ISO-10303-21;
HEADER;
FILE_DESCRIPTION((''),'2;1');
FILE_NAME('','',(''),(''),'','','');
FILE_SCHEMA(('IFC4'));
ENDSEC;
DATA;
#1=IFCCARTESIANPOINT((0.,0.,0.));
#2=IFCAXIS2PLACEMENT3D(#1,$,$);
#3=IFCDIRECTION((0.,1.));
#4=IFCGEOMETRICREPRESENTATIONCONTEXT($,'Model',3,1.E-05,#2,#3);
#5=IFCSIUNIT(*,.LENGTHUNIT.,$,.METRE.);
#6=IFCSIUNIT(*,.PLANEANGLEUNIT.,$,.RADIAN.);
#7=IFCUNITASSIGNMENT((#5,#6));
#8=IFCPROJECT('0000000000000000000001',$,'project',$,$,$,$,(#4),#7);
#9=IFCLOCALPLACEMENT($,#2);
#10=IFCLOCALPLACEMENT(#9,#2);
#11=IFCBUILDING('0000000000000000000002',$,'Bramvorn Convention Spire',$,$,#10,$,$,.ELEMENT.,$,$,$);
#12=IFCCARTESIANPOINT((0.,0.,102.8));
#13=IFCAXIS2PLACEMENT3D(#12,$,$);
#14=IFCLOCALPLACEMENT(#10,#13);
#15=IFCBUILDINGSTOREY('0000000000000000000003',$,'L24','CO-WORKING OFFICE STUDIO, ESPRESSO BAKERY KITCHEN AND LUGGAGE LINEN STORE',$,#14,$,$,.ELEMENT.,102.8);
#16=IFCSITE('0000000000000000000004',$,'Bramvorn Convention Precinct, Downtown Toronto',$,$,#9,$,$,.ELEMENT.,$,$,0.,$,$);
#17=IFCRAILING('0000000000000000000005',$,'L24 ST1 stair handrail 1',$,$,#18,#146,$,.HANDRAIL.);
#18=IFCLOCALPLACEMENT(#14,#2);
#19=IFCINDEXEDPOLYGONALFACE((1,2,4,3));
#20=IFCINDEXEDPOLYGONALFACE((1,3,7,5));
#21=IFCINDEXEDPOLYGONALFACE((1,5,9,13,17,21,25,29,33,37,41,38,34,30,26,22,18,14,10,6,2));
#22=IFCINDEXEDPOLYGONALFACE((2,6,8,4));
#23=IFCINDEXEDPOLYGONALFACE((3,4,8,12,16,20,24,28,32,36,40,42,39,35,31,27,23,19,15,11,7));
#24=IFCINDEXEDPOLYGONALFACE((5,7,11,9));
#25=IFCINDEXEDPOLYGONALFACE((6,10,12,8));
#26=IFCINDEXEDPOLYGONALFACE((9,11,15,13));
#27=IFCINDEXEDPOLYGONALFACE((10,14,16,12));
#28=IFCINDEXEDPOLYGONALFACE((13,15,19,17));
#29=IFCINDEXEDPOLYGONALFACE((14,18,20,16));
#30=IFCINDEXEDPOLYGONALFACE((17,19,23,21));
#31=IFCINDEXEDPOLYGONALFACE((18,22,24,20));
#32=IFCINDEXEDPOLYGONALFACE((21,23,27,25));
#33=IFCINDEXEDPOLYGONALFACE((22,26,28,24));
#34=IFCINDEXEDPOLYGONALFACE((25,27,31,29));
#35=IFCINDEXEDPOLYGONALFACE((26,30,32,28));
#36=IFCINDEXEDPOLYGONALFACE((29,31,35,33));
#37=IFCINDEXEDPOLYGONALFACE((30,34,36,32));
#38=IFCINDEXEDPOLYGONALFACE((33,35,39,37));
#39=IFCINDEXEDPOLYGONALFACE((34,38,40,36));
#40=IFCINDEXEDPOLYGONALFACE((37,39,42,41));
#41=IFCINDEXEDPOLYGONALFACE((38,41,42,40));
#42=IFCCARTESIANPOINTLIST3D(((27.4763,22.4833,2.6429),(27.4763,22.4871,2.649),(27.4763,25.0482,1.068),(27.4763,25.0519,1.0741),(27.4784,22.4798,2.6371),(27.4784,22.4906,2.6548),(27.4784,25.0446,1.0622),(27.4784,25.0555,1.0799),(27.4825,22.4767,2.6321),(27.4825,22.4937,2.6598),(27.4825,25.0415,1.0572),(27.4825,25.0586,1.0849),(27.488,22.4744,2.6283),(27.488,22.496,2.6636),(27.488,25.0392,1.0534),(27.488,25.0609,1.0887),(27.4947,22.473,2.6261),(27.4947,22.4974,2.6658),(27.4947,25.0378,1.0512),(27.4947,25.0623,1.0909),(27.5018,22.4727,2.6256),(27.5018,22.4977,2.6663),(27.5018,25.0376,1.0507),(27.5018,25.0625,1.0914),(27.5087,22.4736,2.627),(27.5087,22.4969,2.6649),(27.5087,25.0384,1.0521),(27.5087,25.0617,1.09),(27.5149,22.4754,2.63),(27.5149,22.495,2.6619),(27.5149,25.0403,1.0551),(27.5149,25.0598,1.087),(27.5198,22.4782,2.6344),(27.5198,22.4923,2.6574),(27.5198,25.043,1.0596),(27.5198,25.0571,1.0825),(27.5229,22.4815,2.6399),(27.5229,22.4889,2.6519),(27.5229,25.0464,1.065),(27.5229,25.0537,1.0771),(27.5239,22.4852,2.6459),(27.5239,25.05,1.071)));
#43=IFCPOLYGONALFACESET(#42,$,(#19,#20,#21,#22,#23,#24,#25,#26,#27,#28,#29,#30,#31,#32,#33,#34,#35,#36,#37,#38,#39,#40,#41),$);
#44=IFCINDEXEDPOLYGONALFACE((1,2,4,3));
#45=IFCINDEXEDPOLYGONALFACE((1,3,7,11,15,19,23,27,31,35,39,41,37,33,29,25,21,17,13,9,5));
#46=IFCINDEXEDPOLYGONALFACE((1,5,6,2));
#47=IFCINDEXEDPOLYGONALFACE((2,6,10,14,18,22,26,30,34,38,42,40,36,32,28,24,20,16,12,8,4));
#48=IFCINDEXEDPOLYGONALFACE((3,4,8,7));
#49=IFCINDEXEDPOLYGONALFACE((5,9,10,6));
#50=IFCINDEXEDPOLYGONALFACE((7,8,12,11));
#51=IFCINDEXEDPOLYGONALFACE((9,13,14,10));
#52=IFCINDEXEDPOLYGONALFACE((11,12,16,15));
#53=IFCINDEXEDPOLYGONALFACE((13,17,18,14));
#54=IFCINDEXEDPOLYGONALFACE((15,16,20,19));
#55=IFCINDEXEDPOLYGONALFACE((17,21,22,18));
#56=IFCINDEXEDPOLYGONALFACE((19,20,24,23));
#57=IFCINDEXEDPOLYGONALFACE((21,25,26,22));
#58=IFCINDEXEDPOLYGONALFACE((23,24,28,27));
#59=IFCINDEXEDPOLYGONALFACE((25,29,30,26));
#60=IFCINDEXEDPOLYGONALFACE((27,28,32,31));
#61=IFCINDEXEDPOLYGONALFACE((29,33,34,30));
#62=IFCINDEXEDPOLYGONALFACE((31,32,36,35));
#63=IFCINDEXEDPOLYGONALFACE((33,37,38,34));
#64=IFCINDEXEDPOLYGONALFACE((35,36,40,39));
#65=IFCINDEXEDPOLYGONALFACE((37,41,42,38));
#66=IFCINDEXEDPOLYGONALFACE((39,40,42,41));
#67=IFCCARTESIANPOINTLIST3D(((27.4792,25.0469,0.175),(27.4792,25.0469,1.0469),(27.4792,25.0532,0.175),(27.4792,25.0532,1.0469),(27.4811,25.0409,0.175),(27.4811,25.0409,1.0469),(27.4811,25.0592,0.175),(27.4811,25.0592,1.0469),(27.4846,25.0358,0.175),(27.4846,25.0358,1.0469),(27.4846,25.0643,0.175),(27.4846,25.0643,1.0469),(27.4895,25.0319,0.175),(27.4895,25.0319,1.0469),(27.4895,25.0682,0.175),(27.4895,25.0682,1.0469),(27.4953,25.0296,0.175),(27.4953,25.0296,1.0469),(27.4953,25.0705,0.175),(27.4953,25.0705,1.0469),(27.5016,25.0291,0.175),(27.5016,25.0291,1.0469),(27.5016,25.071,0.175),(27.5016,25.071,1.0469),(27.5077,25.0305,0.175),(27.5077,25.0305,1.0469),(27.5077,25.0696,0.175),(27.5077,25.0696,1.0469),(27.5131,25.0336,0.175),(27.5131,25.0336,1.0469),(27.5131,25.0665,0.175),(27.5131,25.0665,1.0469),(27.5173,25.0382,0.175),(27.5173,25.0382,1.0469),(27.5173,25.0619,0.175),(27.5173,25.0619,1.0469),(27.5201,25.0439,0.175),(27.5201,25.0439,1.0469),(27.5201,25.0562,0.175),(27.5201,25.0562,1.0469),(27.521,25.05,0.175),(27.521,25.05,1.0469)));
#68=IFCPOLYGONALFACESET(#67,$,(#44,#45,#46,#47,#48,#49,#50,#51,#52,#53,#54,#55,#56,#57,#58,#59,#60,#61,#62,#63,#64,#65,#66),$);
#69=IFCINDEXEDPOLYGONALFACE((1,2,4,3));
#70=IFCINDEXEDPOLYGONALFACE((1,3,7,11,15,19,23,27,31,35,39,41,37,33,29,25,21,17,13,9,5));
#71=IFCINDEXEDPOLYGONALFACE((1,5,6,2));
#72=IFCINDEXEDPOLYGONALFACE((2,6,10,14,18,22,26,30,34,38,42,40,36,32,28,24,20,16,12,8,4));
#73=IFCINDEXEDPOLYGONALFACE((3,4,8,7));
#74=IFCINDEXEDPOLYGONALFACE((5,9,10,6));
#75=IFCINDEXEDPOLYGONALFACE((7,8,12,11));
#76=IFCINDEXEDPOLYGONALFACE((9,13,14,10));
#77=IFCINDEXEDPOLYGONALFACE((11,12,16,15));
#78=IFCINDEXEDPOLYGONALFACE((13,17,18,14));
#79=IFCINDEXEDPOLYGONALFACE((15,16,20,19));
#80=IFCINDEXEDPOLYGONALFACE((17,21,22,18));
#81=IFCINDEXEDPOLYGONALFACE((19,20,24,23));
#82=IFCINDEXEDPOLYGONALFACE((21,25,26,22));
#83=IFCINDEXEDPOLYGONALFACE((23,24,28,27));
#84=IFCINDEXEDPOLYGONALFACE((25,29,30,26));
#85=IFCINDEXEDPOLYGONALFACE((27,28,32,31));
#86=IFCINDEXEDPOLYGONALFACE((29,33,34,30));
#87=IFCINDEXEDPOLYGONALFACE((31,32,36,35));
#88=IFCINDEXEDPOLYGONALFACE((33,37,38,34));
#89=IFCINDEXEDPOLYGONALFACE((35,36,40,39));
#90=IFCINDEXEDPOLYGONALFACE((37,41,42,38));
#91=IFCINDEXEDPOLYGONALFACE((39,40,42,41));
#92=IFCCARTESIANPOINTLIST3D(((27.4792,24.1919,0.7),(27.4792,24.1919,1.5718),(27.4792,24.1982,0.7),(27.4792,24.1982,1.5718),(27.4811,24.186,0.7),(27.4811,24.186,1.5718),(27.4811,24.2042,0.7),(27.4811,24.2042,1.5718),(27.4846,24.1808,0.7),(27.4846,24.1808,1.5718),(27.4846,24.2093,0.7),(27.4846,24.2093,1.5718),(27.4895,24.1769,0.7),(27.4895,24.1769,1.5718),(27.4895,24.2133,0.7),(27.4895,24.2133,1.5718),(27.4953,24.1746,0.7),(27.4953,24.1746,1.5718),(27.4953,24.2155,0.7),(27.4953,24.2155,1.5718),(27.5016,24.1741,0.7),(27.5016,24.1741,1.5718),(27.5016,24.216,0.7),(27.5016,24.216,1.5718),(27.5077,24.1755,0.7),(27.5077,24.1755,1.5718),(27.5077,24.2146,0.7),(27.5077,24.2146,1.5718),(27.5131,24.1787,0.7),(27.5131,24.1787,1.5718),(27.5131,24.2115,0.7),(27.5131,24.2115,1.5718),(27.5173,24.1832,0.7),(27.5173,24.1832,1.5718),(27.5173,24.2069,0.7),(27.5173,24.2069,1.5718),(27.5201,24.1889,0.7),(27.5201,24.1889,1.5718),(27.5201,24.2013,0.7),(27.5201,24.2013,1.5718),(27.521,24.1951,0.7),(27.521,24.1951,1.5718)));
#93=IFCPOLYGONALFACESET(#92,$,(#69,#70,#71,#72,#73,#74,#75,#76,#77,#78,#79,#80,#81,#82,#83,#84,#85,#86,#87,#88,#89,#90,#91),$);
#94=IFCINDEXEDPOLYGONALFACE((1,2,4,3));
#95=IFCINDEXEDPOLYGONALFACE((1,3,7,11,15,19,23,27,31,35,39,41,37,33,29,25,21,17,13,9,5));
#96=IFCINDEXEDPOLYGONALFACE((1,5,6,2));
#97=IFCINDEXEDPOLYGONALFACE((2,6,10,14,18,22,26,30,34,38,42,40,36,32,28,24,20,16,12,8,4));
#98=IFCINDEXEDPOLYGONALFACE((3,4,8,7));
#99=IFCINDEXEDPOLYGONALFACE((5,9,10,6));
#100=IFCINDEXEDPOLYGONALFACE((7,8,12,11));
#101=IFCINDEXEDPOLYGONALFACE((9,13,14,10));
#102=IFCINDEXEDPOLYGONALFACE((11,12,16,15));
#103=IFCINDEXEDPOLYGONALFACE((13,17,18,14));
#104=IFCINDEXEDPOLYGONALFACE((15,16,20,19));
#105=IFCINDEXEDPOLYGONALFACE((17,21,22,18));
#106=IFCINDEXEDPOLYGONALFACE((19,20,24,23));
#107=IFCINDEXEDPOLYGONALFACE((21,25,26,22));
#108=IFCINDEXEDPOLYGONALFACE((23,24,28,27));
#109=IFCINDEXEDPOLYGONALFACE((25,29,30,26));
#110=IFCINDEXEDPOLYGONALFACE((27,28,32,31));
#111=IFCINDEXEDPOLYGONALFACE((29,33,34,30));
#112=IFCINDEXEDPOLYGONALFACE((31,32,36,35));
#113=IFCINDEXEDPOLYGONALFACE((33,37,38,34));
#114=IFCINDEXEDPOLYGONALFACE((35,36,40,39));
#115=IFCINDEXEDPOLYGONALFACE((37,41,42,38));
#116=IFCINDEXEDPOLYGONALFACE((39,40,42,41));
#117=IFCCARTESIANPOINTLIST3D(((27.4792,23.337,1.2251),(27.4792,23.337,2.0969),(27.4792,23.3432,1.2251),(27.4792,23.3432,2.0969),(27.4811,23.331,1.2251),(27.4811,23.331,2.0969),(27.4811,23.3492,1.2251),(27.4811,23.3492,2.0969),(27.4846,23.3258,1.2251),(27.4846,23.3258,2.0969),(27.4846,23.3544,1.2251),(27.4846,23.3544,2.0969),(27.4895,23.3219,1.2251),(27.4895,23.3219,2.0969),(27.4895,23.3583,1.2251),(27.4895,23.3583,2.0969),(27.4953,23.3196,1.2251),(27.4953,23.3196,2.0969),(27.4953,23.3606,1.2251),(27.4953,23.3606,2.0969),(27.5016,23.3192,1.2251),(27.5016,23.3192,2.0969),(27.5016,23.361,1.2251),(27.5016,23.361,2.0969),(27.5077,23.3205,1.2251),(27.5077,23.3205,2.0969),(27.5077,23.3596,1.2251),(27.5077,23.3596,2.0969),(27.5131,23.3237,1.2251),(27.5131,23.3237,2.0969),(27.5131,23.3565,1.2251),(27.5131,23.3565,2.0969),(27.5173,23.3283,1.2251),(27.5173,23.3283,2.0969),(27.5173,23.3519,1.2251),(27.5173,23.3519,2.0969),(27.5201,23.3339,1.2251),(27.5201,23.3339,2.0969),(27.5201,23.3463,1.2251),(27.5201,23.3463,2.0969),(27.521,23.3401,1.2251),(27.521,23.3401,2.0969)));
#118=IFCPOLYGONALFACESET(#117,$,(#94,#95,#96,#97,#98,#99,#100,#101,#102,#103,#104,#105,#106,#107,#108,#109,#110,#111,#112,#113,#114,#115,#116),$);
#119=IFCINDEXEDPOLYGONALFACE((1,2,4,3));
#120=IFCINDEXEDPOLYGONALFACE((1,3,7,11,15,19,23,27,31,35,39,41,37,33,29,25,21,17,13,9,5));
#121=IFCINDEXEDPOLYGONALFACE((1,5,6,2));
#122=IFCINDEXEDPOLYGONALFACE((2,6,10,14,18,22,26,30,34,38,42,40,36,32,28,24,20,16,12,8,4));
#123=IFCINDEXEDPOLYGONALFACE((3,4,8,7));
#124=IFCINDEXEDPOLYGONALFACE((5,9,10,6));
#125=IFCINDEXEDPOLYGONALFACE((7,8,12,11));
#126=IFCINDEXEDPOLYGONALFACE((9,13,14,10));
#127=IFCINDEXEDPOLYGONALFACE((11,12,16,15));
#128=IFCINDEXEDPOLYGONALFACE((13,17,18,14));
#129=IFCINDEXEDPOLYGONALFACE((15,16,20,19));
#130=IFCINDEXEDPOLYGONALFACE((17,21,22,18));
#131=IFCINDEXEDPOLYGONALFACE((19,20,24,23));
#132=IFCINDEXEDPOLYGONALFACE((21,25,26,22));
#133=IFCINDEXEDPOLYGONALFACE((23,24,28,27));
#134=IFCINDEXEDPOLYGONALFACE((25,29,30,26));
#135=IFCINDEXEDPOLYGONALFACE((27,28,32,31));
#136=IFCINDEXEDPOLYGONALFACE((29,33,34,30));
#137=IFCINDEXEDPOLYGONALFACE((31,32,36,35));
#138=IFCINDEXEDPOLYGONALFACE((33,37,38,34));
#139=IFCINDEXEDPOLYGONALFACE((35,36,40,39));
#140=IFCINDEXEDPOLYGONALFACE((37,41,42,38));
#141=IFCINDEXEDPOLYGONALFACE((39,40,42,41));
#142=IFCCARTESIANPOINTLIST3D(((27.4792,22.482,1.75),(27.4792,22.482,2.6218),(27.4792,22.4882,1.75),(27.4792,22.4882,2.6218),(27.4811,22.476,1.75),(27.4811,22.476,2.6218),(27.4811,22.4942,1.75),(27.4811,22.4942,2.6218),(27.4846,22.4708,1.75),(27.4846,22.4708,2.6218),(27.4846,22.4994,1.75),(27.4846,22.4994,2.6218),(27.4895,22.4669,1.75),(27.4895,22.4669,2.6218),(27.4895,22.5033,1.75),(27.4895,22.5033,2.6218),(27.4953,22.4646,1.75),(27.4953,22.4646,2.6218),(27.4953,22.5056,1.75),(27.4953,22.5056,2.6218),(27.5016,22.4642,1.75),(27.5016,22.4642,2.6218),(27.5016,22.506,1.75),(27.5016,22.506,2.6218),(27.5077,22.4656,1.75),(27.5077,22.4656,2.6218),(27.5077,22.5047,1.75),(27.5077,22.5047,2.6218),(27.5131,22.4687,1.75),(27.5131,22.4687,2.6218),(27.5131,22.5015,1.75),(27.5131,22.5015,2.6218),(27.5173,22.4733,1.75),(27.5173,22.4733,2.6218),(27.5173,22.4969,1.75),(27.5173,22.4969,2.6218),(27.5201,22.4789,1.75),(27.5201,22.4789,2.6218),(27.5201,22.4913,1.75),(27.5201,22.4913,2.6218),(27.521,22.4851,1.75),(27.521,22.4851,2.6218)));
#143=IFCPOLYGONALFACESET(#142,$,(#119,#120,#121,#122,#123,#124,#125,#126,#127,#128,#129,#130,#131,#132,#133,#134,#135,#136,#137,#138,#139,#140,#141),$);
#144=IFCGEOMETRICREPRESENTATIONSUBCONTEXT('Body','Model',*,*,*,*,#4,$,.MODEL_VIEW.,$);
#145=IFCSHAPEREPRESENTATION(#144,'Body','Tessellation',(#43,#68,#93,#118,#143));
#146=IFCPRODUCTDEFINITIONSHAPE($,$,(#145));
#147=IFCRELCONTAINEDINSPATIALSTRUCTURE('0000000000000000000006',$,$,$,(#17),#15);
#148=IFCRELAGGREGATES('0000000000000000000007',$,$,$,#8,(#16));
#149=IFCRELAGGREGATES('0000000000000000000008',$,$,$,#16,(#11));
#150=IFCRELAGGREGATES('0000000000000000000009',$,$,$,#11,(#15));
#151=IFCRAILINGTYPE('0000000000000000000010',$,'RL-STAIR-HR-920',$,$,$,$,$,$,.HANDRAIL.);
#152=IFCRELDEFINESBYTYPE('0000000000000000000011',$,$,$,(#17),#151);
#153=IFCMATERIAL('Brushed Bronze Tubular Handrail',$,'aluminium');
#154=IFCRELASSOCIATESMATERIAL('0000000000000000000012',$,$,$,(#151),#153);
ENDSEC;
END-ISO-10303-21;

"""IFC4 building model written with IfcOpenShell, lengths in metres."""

from ifc_helpers import new_model, si_unit, direction, frame, origin, origin_2d, place, context, subcontext, project, spatial, circle, extrude, material, type_object, element, save


model = new_model("IFC4")

# Units and contexts
model_context = context("Model", 3, precision=1e-05, world=origin(), true_north=direction((0.0, 1.0)))
body_context = subcontext(model_context, "Body", "Model", "MODEL_VIEW")
ifc_project = project(units=[si_unit("LENGTHUNIT", "METRE"), si_unit("PLANEANGLEUNIT", "RADIAN")], contexts=[model_context])

# Site, building, storey
site_placement = place(None, origin())
site = spatial("IfcSite", under=ifc_project, at=site_placement, Name="Bramvorn Convention Precinct, Downtown Toronto", CompositionType="ELEMENT", RefElevation=0.0)
building_placement = place(site_placement, origin())
building = spatial("IfcBuilding", under=site, at=building_placement, Name="Bramvorn Convention Spire", CompositionType="ELEMENT")
storey_placement = place(building_placement, frame((0.0, 0.0, 102.8)))
storey = spatial("IfcBuildingStorey", under=building, at=storey_placement, Name="L24", Description="CO-WORKING OFFICE STUDIO, ESPRESSO BAKERY KITCHEN AND LUGGAGE LINEN STORE", CompositionType="ELEMENT", Elevation=102.8)

# Railing
ifc_material_1 = material(Name="Brushed Bronze Tubular Handrail", Category="aluminium")
railing_type_1 = type_object("IfcRailingType", Name="RL-STAIR-HR-920", PredefinedType="HANDRAIL", material=ifc_material_1)
for number, where, name in (
    (1, (27.5, 25.05, 0.175), "L24 ST1 stair handrail 1"),
):
    element("IfcRailing", number, at=place(storey_placement, frame(where)), inside=storey, type_object=railing_type_1, Name=name, PredefinedType="HANDRAIL", context=body_context, shape_type="SweptSolid", body=[
        extrude(circle(Radius=0.0239, at=origin_2d()), frame((0.0, 0.0, 0.896), z_axis=(0.0, -0.852173, 0.52326), x_axis=(1.0, 0.0, 0.0)), (0.0, 0.0, 1.0), 3.0098),
        extrude(circle(Radius=0.021, at=origin_2d()), origin(), (0.0, 0.0, 1.0), 0.8718),
        extrude(circle(Radius=0.021, at=origin_2d()), frame((0.0, -0.855, 0.5249)), (0.0, 0.0, 1.0), 0.8718),
        extrude(circle(Radius=0.021, at=origin_2d()), frame((0.0, -1.71, 1.05)), (0.0, 0.0, 1.0), 0.8718),
        extrude(circle(Radius=0.021, at=origin_2d()), frame((0.0, -2.5649, 1.575)), (0.0, 0.0, 1.0), 0.8718),
    ])

save(model, "model.ifc")
